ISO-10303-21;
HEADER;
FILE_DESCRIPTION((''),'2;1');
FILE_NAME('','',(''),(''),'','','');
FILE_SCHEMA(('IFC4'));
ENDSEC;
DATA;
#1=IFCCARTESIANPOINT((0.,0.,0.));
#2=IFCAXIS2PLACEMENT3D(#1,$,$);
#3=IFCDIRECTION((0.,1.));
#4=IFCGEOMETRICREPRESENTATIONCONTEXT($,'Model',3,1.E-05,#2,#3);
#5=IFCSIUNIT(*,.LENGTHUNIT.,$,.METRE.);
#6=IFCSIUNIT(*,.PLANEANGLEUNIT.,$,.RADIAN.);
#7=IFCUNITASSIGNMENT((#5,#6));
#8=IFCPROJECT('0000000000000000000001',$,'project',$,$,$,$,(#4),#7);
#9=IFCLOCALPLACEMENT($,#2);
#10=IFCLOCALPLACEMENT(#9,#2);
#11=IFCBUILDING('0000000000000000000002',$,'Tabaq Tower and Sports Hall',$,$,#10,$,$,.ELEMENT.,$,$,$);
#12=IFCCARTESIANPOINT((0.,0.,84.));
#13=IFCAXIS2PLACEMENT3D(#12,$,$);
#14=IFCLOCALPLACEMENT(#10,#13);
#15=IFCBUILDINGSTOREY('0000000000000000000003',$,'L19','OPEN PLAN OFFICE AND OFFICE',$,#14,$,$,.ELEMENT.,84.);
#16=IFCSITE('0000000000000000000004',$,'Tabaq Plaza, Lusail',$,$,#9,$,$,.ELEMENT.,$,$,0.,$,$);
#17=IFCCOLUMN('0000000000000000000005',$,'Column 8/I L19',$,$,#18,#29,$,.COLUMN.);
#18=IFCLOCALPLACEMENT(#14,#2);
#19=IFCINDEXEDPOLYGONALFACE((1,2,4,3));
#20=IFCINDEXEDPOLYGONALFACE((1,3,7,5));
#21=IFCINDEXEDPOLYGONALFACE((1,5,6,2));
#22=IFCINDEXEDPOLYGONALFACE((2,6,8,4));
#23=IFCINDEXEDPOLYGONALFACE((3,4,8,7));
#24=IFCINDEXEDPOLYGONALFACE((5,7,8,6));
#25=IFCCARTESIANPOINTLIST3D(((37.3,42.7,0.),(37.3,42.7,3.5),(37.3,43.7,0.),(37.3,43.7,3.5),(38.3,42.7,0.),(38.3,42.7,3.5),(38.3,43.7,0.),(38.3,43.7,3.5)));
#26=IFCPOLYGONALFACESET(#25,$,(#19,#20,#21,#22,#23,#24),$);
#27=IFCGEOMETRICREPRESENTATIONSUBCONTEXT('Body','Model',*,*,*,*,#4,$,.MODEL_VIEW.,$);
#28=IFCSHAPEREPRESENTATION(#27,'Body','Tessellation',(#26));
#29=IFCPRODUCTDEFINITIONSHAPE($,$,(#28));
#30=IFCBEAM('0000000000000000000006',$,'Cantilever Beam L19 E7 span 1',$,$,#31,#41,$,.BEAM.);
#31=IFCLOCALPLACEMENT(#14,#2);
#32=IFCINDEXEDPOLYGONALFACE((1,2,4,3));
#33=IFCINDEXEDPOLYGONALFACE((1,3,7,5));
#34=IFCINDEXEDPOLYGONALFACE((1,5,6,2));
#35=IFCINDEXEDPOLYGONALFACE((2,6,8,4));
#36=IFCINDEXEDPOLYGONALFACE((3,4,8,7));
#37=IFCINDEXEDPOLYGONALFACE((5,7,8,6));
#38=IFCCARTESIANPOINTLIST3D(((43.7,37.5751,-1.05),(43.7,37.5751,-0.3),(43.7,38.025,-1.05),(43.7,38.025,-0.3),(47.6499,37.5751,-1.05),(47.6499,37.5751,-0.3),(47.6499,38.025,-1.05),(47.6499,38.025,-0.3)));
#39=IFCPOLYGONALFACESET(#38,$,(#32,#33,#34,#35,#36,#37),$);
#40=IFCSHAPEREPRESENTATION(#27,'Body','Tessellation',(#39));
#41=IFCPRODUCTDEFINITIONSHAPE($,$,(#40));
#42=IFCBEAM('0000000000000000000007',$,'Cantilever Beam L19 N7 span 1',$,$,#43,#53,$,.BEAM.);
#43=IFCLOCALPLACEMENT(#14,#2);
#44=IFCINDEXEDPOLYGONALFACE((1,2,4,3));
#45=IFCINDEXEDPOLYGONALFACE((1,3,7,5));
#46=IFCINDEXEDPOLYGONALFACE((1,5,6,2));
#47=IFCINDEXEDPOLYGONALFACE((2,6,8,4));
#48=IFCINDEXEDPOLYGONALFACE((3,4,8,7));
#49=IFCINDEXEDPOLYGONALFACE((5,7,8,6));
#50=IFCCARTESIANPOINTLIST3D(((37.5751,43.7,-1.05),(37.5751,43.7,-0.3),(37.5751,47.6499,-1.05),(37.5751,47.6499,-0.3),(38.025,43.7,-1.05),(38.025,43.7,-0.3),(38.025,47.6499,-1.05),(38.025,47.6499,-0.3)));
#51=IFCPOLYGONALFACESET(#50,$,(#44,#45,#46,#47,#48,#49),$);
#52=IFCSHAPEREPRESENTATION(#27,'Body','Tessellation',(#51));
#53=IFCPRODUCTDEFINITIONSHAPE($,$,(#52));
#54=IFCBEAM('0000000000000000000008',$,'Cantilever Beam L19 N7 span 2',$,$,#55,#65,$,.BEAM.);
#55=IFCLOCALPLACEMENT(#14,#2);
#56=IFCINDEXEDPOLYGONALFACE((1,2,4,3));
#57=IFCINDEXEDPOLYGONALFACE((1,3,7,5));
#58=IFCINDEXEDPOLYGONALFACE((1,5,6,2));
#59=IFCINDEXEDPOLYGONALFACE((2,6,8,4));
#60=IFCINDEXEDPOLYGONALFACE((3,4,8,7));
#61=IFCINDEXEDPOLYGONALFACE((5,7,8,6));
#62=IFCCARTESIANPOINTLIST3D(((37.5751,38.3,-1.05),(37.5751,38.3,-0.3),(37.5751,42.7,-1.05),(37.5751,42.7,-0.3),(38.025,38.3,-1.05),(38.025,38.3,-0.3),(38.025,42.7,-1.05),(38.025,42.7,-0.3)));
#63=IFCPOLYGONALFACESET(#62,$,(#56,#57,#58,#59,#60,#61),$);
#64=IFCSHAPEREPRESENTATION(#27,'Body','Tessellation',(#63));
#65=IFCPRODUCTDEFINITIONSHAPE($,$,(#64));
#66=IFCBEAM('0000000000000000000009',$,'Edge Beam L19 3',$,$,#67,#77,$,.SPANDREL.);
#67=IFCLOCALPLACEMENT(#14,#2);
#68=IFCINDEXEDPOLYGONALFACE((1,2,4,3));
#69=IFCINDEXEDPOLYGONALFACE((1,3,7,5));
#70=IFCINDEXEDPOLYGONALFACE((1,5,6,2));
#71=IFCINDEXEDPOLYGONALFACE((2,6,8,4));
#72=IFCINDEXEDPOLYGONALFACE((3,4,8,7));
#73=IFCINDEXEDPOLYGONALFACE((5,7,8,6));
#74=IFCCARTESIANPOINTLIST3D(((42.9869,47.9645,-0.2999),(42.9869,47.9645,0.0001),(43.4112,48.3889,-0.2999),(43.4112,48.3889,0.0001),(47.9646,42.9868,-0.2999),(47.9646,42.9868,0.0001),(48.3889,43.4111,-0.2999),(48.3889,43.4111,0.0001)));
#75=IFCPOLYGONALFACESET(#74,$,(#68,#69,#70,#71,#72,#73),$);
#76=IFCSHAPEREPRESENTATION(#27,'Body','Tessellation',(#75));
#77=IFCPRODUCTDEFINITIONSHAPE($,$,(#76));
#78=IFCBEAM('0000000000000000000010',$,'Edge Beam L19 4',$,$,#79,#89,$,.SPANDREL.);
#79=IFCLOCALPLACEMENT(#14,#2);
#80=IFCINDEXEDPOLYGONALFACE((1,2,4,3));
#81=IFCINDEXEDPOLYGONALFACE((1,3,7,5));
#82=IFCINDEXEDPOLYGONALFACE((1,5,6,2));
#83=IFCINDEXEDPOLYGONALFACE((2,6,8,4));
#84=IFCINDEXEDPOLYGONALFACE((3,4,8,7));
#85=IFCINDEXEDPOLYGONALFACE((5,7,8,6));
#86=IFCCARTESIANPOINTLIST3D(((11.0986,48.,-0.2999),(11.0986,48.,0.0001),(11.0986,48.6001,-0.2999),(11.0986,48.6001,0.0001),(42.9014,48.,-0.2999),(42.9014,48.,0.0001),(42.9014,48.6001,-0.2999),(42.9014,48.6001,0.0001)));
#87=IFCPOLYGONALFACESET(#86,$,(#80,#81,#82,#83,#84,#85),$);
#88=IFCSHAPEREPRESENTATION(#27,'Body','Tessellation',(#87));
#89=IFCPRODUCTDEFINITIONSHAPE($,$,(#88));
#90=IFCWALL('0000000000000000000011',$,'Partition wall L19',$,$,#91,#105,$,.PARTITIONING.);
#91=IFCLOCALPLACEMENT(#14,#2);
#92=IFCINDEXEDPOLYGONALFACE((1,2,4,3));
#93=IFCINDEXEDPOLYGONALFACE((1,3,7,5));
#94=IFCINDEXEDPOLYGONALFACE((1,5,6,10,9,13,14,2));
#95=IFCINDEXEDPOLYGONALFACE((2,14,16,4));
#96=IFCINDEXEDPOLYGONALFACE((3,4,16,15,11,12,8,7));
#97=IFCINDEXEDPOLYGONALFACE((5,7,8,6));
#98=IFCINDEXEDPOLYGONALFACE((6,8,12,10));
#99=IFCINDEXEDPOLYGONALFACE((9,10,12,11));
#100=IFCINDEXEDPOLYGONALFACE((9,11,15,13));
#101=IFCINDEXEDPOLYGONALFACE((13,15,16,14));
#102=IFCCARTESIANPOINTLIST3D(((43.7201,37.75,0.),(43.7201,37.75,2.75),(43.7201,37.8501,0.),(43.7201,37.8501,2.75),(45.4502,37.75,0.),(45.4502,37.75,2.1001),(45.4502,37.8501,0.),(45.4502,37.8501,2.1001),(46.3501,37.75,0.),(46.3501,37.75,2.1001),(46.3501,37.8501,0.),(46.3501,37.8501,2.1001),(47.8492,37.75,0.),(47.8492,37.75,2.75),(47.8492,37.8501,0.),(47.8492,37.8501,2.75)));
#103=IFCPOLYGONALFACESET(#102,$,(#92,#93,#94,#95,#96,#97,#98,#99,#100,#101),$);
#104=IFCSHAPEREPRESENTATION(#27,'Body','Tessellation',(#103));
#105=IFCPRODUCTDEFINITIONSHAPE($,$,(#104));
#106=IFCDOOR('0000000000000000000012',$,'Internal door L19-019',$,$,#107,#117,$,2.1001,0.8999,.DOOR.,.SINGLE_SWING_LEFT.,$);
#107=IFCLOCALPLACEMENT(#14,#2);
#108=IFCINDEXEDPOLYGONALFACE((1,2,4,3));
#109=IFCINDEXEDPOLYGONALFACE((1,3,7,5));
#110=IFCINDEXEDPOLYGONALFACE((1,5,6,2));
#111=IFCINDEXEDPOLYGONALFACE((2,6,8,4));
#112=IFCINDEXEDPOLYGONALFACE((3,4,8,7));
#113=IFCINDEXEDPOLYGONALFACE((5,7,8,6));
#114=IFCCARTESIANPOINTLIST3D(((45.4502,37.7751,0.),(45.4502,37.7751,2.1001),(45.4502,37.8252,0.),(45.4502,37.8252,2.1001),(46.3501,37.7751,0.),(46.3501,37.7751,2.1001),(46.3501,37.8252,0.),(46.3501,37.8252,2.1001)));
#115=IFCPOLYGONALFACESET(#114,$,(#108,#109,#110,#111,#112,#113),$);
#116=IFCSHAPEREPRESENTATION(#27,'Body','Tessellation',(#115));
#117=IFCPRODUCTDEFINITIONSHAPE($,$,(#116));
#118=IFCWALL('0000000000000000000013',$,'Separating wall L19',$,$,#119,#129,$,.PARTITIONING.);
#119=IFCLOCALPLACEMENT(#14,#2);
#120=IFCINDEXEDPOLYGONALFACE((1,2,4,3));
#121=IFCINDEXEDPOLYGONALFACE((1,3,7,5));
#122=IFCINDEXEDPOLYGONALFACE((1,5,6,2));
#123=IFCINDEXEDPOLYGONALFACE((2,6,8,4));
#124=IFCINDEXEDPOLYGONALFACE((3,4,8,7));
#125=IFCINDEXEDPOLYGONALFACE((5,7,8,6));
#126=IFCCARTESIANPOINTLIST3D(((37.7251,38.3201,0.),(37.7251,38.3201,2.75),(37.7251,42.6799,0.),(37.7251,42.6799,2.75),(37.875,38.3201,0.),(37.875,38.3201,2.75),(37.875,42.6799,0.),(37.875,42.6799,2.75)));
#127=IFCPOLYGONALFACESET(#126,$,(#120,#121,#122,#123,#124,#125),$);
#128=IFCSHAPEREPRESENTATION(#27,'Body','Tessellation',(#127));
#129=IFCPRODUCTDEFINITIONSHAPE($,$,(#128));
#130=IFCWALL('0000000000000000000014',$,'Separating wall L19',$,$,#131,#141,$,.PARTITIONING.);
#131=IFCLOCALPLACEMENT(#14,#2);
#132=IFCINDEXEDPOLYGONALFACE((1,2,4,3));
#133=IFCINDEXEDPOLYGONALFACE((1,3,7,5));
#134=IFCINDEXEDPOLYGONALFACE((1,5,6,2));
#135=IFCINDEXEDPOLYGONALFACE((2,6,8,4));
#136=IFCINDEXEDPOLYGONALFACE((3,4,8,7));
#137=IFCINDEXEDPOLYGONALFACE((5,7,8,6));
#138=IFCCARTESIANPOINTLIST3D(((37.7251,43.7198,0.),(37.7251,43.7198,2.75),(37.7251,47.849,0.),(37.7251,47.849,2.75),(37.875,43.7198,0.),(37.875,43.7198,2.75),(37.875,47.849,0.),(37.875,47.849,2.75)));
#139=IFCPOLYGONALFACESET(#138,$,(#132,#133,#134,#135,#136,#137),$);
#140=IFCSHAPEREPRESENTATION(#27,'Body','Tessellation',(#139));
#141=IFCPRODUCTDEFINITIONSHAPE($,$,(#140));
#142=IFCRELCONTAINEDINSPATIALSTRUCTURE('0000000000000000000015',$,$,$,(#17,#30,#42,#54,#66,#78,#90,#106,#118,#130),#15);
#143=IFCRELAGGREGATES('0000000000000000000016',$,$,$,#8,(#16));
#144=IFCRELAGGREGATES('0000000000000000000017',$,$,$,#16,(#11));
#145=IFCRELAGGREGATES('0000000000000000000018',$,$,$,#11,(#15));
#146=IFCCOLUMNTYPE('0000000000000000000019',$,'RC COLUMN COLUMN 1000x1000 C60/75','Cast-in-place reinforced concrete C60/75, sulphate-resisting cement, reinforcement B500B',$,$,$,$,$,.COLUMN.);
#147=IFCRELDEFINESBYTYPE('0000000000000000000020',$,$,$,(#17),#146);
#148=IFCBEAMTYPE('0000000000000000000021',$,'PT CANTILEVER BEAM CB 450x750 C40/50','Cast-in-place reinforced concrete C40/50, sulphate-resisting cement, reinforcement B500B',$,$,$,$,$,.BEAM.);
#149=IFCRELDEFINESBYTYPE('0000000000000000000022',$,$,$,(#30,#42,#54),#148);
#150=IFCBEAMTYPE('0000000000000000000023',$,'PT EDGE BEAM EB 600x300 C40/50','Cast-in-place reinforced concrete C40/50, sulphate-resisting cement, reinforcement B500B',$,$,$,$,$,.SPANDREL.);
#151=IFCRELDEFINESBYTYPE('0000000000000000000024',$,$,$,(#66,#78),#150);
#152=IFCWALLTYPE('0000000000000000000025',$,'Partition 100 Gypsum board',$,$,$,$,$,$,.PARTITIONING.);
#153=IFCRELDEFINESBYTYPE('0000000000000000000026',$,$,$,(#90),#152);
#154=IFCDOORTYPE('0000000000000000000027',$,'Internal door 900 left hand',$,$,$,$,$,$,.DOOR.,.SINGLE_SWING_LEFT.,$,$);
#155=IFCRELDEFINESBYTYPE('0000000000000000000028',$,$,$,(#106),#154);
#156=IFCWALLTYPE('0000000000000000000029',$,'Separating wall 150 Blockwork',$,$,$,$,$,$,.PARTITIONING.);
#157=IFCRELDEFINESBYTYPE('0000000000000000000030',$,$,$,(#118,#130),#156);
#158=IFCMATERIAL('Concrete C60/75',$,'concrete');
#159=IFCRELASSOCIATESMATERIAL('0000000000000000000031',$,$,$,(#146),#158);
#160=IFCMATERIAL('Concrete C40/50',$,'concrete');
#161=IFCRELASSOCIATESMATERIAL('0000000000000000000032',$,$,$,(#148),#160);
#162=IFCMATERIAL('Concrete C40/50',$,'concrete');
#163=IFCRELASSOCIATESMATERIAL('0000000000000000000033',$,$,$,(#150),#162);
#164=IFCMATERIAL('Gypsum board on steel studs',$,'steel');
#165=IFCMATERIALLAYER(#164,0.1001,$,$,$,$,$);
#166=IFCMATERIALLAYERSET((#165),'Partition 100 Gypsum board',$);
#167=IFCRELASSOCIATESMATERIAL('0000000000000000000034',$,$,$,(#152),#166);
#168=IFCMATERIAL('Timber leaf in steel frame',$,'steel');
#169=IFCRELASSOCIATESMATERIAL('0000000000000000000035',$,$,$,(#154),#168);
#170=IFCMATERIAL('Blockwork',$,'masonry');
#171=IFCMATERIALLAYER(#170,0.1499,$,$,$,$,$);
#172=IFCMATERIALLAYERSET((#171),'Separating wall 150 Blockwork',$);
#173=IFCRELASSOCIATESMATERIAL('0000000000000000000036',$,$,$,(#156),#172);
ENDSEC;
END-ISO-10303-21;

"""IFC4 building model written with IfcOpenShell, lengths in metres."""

from ifc_helpers import new_model, si_unit, direction, frame, frame_2d, origin, origin_2d, place, context, subcontext, project, spatial, rectangle, extrude, material, layer, layer_set, material_profile, profile_set, type_object, element, fill, save


model = new_model("IFC4")

# Units and contexts
model_context = context("Model", 3, precision=1e-05, world=origin(), true_north=direction((0.0, 1.0)))
body_context = subcontext(model_context, "Body", "Model", "MODEL_VIEW")
ifc_project = project(units=[si_unit("LENGTHUNIT", "METRE"), si_unit("PLANEANGLEUNIT", "RADIAN")], contexts=[model_context])

# Site, building, storey
site_placement = place(None, origin())
site = spatial("IfcSite", under=ifc_project, at=site_placement, Name="Tabaq Plaza, Lusail", CompositionType="ELEMENT", RefElevation=0.0)
building_placement = place(site_placement, origin())
building = spatial("IfcBuilding", under=site, at=building_placement, Name="Tabaq Tower and Sports Hall", CompositionType="ELEMENT")
storey_placement = place(building_placement, frame((0.0, 0.0, 84.0)))
storey = spatial("IfcBuildingStorey", under=building, at=storey_placement, Name="L19", Description="OPEN PLAN OFFICE AND OFFICE", CompositionType="ELEMENT", Elevation=84.0)

# Column
ifc_material_1 = material(Name="Concrete C60/75", Category="concrete")
ifc_material_profile_1 = material_profile(ifc_material_1, rectangle(XDim=1.0, YDim=1.0, at=origin_2d()), Name="COLUMN 1000x1000")
ifc_profile_set_1 = profile_set([ifc_material_profile_1], Name="Concrete C60/75")
column_type = type_object("IfcColumnType", Name="RC COLUMN COLUMN 1000x1000 C60/75", Description="Cast-in-place reinforced concrete C60/75, sulphate-resisting cement, reinforcement B500B", PredefinedType="COLUMN", material=ifc_profile_set_1)
column_placement = place(storey_placement, frame((37.8, 43.2, 0.0), z_axis=(0.0, 0.0, 1.0), x_axis=(1.0, 0.0, 0.0)))
element("IfcColumn", 1, at=column_placement, inside=storey, type_object=column_type, Name="Column 8/I L19", PredefinedType="COLUMN", context=body_context, shape_type="SweptSolid", body=[
    extrude(rectangle(XDim=1.0, YDim=1.0, at=origin_2d()), origin(), (0.0, 0.0, 1.0), 3.5),
])

# Beams
ifc_material_2 = material(Name="Concrete C40/50", Category="concrete")
ifc_material_profile_2 = material_profile(ifc_material_2, rectangle(XDim=0.45, YDim=0.75, at=origin_2d()), Name="CB 450x750")
ifc_profile_set_2 = profile_set([ifc_material_profile_2], Name="Concrete C40/50")
beam_type_1 = type_object("IfcBeamType", Name="PT CANTILEVER BEAM CB 450x750 C40/50", Description="Cast-in-place reinforced concrete C40/50, sulphate-resisting cement, reinforcement B500B", PredefinedType="BEAM", material=ifc_profile_set_2)
for number, where, z_axis, x_axis, name in (
    (2, (47.6499, 37.8, -0.675), (-1.0, 0.0, 0.0), (0.0, -1.0, 0.0), "Cantilever Beam L19 E7 span 1"),
    (3, (37.8, 47.6499, -0.675), (0.0, -1.0, 0.0), (1.0, 0.0, 0.0), "Cantilever Beam L19 N7 span 1"),
):
    element("IfcBeam", number, at=place(storey_placement, frame(where, z_axis=z_axis, x_axis=x_axis)), inside=storey, type_object=beam_type_1, Name=name, PredefinedType="BEAM", context=body_context, shape_type="SweptSolid", body=[
        extrude(rectangle(XDim=0.45, YDim=0.75, at=origin_2d()), origin(), (0.0, 0.0, 1.0), 3.95),
    ])
beam_1_placement = place(storey_placement, frame((37.8, 42.7, -0.675), z_axis=(0.0, -1.0, 0.0), x_axis=(1.0, 0.0, 0.0)))
element("IfcBeam", 4, at=beam_1_placement, inside=storey, type_object=beam_type_1, Name="Cantilever Beam L19 N7 span 2", PredefinedType="BEAM", context=body_context, shape_type="SweptSolid", body=[
    extrude(rectangle(XDim=0.45, YDim=0.75, at=origin_2d()), origin(), (0.0, 0.0, 1.0), 4.3999),
])
ifc_material_3 = material(Name="Concrete C40/50", Category="concrete")
ifc_material_profile_3 = material_profile(ifc_material_3, rectangle(XDim=0.6001, YDim=0.3, at=origin_2d()), Name="EB 600x300")
ifc_profile_set_3 = profile_set([ifc_material_profile_3], Name="Concrete C40/50")
beam_type_2 = type_object("IfcBeamType", Name="PT EDGE BEAM EB 600x300 C40/50", Description="Cast-in-place reinforced concrete C40/50, sulphate-resisting cement, reinforcement B500B", PredefinedType="SPANDREL", material=ifc_profile_set_3)
beam_2_placement = place(storey_placement, frame((48.1768, 43.199, -0.1499), z_axis=(-0.707107, 0.707107, 0.0), x_axis=(-0.707107, -0.707107, 0.0)))
element("IfcBeam", 5, at=beam_2_placement, inside=storey, type_object=beam_type_2, Name="Edge Beam L19 3", PredefinedType="SPANDREL", context=body_context, shape_type="SweptSolid", body=[
    extrude(rectangle(XDim=0.6001, YDim=0.3, at=origin_2d()), origin(), (0.0, 0.0, 1.0), 7.0396),
])
beam_3_placement = place(storey_placement, frame((42.9014, 48.3, -0.1499), z_axis=(-1.0, 0.0, 0.0), x_axis=(0.0, -1.0, 0.0)))
element("IfcBeam", 6, at=beam_3_placement, inside=storey, type_object=beam_type_2, Name="Edge Beam L19 4", PredefinedType="SPANDREL", context=body_context, shape_type="SweptSolid", body=[
    extrude(rectangle(XDim=0.6001, YDim=0.3, at=origin_2d()), origin(), (0.0, 0.0, 1.0), 31.8027),
])

# Wall, opening, door
ifc_material_4 = material(Name="Gypsum board on steel studs", Category="steel")
ifc_layer_1 = layer(ifc_material_4, 0.1001)
ifc_layer_set_1 = layer_set([ifc_layer_1], Name="Partition 100 Gypsum board")
wall_type_1 = type_object("IfcWallType", Name="Partition 100 Gypsum board", PredefinedType="PARTITIONING", material=ifc_layer_set_1)
wall_1_placement = place(storey_placement, frame((47.8491, 37.8, 0.0), z_axis=(0.0, 0.0, 1.0), x_axis=(-1.0, 0.0, 0.0)))
wall_1 = element("IfcWall", 7, at=wall_1_placement, inside=storey, type_object=wall_type_1, Name="Partition wall L19", PredefinedType="PARTITIONING", context=body_context, shape_type="SweptSolid", body=[
    extrude(rectangle(XDim=4.1292, YDim=0.1001, at=frame_2d((2.0645, 0.0))), origin(), (0.0, 0.0, 1.0), 2.75),
])
opening_1_placement = place(wall_1_placement, frame((1.499, 0.0, 0.0)))
opening_1 = element("IfcOpeningElement", 8, at=opening_1_placement, cuts=wall_1, PredefinedType="OPENING", context=body_context, shape_type="SweptSolid", body=[
    extrude(rectangle(XDim=0.8999, YDim=2.1001, at=frame_2d((0.45, 1.05))), frame((0.0, 0.05, 0.0), z_axis=(0.0, -1.0, 0.0), x_axis=(1.0, 0.0, 0.0)), (0.0, 0.0, 1.0), 0.1001),
])
ifc_material_5 = material(Name="Timber leaf in steel frame", Category="steel")
door_type = type_object("IfcDoorType", Name="Internal door 900 left hand", OperationType="SINGLE_SWING_LEFT", PredefinedType="DOOR", material=ifc_material_5)
door_placement = place(opening_1_placement, origin())
door = element("IfcDoor", 9, at=door_placement, inside=storey, type_object=door_type, Name="Internal door L19-019", OperationType="SINGLE_SWING_LEFT", OverallHeight=2.1001, OverallWidth=0.8999, PredefinedType="DOOR", context=body_context, shape_type="SweptSolid", body=[
    extrude(rectangle(XDim=0.8999, YDim=2.1001, at=frame_2d((0.45, 1.05))), frame((0.0, 0.0249, 0.0), z_axis=(0.0, -1.0, 0.0), x_axis=(1.0, 0.0, 0.0)), (0.0, 0.0, 1.0), 0.05),
])
fill(opening_1, door)

# Walls
ifc_material_6 = material(Name="Blockwork", Category="masonry")
ifc_layer_2 = layer(ifc_material_6, 0.1499)
ifc_layer_set_2 = layer_set([ifc_layer_2], Name="Separating wall 150 Blockwork")
wall_type_2 = type_object("IfcWallType", Name="Separating wall 150 Blockwork", PredefinedType="PARTITIONING", material=ifc_layer_set_2)
wall_2_placement = place(storey_placement, frame((37.8, 38.3201, 0.0), z_axis=(0.0, 0.0, 1.0), x_axis=(0.0, 1.0, 0.0)))
element("IfcWall", 10, at=wall_2_placement, inside=storey, type_object=wall_type_2, Name="Separating wall L19", PredefinedType="PARTITIONING", context=body_context, shape_type="SweptSolid", body=[
    extrude(rectangle(XDim=4.3599, YDim=0.1499, at=frame_2d((2.1799, 0.0))), origin(), (0.0, 0.0, 1.0), 2.75),
])
wall_3_placement = place(storey_placement, frame((37.8, 43.72, 0.0), z_axis=(0.0, 0.0, 1.0), x_axis=(0.0, 1.0, 0.0)))
element("IfcWall", 11, at=wall_3_placement, inside=storey, type_object=wall_type_2, Name="Separating wall L19", PredefinedType="PARTITIONING", context=body_context, shape_type="SweptSolid", body=[
    extrude(rectangle(XDim=4.1292, YDim=0.1499, at=frame_2d((2.0645, 0.0))), origin(), (0.0, 0.0, 1.0), 2.75),
])

save(model, "model.ifc")
